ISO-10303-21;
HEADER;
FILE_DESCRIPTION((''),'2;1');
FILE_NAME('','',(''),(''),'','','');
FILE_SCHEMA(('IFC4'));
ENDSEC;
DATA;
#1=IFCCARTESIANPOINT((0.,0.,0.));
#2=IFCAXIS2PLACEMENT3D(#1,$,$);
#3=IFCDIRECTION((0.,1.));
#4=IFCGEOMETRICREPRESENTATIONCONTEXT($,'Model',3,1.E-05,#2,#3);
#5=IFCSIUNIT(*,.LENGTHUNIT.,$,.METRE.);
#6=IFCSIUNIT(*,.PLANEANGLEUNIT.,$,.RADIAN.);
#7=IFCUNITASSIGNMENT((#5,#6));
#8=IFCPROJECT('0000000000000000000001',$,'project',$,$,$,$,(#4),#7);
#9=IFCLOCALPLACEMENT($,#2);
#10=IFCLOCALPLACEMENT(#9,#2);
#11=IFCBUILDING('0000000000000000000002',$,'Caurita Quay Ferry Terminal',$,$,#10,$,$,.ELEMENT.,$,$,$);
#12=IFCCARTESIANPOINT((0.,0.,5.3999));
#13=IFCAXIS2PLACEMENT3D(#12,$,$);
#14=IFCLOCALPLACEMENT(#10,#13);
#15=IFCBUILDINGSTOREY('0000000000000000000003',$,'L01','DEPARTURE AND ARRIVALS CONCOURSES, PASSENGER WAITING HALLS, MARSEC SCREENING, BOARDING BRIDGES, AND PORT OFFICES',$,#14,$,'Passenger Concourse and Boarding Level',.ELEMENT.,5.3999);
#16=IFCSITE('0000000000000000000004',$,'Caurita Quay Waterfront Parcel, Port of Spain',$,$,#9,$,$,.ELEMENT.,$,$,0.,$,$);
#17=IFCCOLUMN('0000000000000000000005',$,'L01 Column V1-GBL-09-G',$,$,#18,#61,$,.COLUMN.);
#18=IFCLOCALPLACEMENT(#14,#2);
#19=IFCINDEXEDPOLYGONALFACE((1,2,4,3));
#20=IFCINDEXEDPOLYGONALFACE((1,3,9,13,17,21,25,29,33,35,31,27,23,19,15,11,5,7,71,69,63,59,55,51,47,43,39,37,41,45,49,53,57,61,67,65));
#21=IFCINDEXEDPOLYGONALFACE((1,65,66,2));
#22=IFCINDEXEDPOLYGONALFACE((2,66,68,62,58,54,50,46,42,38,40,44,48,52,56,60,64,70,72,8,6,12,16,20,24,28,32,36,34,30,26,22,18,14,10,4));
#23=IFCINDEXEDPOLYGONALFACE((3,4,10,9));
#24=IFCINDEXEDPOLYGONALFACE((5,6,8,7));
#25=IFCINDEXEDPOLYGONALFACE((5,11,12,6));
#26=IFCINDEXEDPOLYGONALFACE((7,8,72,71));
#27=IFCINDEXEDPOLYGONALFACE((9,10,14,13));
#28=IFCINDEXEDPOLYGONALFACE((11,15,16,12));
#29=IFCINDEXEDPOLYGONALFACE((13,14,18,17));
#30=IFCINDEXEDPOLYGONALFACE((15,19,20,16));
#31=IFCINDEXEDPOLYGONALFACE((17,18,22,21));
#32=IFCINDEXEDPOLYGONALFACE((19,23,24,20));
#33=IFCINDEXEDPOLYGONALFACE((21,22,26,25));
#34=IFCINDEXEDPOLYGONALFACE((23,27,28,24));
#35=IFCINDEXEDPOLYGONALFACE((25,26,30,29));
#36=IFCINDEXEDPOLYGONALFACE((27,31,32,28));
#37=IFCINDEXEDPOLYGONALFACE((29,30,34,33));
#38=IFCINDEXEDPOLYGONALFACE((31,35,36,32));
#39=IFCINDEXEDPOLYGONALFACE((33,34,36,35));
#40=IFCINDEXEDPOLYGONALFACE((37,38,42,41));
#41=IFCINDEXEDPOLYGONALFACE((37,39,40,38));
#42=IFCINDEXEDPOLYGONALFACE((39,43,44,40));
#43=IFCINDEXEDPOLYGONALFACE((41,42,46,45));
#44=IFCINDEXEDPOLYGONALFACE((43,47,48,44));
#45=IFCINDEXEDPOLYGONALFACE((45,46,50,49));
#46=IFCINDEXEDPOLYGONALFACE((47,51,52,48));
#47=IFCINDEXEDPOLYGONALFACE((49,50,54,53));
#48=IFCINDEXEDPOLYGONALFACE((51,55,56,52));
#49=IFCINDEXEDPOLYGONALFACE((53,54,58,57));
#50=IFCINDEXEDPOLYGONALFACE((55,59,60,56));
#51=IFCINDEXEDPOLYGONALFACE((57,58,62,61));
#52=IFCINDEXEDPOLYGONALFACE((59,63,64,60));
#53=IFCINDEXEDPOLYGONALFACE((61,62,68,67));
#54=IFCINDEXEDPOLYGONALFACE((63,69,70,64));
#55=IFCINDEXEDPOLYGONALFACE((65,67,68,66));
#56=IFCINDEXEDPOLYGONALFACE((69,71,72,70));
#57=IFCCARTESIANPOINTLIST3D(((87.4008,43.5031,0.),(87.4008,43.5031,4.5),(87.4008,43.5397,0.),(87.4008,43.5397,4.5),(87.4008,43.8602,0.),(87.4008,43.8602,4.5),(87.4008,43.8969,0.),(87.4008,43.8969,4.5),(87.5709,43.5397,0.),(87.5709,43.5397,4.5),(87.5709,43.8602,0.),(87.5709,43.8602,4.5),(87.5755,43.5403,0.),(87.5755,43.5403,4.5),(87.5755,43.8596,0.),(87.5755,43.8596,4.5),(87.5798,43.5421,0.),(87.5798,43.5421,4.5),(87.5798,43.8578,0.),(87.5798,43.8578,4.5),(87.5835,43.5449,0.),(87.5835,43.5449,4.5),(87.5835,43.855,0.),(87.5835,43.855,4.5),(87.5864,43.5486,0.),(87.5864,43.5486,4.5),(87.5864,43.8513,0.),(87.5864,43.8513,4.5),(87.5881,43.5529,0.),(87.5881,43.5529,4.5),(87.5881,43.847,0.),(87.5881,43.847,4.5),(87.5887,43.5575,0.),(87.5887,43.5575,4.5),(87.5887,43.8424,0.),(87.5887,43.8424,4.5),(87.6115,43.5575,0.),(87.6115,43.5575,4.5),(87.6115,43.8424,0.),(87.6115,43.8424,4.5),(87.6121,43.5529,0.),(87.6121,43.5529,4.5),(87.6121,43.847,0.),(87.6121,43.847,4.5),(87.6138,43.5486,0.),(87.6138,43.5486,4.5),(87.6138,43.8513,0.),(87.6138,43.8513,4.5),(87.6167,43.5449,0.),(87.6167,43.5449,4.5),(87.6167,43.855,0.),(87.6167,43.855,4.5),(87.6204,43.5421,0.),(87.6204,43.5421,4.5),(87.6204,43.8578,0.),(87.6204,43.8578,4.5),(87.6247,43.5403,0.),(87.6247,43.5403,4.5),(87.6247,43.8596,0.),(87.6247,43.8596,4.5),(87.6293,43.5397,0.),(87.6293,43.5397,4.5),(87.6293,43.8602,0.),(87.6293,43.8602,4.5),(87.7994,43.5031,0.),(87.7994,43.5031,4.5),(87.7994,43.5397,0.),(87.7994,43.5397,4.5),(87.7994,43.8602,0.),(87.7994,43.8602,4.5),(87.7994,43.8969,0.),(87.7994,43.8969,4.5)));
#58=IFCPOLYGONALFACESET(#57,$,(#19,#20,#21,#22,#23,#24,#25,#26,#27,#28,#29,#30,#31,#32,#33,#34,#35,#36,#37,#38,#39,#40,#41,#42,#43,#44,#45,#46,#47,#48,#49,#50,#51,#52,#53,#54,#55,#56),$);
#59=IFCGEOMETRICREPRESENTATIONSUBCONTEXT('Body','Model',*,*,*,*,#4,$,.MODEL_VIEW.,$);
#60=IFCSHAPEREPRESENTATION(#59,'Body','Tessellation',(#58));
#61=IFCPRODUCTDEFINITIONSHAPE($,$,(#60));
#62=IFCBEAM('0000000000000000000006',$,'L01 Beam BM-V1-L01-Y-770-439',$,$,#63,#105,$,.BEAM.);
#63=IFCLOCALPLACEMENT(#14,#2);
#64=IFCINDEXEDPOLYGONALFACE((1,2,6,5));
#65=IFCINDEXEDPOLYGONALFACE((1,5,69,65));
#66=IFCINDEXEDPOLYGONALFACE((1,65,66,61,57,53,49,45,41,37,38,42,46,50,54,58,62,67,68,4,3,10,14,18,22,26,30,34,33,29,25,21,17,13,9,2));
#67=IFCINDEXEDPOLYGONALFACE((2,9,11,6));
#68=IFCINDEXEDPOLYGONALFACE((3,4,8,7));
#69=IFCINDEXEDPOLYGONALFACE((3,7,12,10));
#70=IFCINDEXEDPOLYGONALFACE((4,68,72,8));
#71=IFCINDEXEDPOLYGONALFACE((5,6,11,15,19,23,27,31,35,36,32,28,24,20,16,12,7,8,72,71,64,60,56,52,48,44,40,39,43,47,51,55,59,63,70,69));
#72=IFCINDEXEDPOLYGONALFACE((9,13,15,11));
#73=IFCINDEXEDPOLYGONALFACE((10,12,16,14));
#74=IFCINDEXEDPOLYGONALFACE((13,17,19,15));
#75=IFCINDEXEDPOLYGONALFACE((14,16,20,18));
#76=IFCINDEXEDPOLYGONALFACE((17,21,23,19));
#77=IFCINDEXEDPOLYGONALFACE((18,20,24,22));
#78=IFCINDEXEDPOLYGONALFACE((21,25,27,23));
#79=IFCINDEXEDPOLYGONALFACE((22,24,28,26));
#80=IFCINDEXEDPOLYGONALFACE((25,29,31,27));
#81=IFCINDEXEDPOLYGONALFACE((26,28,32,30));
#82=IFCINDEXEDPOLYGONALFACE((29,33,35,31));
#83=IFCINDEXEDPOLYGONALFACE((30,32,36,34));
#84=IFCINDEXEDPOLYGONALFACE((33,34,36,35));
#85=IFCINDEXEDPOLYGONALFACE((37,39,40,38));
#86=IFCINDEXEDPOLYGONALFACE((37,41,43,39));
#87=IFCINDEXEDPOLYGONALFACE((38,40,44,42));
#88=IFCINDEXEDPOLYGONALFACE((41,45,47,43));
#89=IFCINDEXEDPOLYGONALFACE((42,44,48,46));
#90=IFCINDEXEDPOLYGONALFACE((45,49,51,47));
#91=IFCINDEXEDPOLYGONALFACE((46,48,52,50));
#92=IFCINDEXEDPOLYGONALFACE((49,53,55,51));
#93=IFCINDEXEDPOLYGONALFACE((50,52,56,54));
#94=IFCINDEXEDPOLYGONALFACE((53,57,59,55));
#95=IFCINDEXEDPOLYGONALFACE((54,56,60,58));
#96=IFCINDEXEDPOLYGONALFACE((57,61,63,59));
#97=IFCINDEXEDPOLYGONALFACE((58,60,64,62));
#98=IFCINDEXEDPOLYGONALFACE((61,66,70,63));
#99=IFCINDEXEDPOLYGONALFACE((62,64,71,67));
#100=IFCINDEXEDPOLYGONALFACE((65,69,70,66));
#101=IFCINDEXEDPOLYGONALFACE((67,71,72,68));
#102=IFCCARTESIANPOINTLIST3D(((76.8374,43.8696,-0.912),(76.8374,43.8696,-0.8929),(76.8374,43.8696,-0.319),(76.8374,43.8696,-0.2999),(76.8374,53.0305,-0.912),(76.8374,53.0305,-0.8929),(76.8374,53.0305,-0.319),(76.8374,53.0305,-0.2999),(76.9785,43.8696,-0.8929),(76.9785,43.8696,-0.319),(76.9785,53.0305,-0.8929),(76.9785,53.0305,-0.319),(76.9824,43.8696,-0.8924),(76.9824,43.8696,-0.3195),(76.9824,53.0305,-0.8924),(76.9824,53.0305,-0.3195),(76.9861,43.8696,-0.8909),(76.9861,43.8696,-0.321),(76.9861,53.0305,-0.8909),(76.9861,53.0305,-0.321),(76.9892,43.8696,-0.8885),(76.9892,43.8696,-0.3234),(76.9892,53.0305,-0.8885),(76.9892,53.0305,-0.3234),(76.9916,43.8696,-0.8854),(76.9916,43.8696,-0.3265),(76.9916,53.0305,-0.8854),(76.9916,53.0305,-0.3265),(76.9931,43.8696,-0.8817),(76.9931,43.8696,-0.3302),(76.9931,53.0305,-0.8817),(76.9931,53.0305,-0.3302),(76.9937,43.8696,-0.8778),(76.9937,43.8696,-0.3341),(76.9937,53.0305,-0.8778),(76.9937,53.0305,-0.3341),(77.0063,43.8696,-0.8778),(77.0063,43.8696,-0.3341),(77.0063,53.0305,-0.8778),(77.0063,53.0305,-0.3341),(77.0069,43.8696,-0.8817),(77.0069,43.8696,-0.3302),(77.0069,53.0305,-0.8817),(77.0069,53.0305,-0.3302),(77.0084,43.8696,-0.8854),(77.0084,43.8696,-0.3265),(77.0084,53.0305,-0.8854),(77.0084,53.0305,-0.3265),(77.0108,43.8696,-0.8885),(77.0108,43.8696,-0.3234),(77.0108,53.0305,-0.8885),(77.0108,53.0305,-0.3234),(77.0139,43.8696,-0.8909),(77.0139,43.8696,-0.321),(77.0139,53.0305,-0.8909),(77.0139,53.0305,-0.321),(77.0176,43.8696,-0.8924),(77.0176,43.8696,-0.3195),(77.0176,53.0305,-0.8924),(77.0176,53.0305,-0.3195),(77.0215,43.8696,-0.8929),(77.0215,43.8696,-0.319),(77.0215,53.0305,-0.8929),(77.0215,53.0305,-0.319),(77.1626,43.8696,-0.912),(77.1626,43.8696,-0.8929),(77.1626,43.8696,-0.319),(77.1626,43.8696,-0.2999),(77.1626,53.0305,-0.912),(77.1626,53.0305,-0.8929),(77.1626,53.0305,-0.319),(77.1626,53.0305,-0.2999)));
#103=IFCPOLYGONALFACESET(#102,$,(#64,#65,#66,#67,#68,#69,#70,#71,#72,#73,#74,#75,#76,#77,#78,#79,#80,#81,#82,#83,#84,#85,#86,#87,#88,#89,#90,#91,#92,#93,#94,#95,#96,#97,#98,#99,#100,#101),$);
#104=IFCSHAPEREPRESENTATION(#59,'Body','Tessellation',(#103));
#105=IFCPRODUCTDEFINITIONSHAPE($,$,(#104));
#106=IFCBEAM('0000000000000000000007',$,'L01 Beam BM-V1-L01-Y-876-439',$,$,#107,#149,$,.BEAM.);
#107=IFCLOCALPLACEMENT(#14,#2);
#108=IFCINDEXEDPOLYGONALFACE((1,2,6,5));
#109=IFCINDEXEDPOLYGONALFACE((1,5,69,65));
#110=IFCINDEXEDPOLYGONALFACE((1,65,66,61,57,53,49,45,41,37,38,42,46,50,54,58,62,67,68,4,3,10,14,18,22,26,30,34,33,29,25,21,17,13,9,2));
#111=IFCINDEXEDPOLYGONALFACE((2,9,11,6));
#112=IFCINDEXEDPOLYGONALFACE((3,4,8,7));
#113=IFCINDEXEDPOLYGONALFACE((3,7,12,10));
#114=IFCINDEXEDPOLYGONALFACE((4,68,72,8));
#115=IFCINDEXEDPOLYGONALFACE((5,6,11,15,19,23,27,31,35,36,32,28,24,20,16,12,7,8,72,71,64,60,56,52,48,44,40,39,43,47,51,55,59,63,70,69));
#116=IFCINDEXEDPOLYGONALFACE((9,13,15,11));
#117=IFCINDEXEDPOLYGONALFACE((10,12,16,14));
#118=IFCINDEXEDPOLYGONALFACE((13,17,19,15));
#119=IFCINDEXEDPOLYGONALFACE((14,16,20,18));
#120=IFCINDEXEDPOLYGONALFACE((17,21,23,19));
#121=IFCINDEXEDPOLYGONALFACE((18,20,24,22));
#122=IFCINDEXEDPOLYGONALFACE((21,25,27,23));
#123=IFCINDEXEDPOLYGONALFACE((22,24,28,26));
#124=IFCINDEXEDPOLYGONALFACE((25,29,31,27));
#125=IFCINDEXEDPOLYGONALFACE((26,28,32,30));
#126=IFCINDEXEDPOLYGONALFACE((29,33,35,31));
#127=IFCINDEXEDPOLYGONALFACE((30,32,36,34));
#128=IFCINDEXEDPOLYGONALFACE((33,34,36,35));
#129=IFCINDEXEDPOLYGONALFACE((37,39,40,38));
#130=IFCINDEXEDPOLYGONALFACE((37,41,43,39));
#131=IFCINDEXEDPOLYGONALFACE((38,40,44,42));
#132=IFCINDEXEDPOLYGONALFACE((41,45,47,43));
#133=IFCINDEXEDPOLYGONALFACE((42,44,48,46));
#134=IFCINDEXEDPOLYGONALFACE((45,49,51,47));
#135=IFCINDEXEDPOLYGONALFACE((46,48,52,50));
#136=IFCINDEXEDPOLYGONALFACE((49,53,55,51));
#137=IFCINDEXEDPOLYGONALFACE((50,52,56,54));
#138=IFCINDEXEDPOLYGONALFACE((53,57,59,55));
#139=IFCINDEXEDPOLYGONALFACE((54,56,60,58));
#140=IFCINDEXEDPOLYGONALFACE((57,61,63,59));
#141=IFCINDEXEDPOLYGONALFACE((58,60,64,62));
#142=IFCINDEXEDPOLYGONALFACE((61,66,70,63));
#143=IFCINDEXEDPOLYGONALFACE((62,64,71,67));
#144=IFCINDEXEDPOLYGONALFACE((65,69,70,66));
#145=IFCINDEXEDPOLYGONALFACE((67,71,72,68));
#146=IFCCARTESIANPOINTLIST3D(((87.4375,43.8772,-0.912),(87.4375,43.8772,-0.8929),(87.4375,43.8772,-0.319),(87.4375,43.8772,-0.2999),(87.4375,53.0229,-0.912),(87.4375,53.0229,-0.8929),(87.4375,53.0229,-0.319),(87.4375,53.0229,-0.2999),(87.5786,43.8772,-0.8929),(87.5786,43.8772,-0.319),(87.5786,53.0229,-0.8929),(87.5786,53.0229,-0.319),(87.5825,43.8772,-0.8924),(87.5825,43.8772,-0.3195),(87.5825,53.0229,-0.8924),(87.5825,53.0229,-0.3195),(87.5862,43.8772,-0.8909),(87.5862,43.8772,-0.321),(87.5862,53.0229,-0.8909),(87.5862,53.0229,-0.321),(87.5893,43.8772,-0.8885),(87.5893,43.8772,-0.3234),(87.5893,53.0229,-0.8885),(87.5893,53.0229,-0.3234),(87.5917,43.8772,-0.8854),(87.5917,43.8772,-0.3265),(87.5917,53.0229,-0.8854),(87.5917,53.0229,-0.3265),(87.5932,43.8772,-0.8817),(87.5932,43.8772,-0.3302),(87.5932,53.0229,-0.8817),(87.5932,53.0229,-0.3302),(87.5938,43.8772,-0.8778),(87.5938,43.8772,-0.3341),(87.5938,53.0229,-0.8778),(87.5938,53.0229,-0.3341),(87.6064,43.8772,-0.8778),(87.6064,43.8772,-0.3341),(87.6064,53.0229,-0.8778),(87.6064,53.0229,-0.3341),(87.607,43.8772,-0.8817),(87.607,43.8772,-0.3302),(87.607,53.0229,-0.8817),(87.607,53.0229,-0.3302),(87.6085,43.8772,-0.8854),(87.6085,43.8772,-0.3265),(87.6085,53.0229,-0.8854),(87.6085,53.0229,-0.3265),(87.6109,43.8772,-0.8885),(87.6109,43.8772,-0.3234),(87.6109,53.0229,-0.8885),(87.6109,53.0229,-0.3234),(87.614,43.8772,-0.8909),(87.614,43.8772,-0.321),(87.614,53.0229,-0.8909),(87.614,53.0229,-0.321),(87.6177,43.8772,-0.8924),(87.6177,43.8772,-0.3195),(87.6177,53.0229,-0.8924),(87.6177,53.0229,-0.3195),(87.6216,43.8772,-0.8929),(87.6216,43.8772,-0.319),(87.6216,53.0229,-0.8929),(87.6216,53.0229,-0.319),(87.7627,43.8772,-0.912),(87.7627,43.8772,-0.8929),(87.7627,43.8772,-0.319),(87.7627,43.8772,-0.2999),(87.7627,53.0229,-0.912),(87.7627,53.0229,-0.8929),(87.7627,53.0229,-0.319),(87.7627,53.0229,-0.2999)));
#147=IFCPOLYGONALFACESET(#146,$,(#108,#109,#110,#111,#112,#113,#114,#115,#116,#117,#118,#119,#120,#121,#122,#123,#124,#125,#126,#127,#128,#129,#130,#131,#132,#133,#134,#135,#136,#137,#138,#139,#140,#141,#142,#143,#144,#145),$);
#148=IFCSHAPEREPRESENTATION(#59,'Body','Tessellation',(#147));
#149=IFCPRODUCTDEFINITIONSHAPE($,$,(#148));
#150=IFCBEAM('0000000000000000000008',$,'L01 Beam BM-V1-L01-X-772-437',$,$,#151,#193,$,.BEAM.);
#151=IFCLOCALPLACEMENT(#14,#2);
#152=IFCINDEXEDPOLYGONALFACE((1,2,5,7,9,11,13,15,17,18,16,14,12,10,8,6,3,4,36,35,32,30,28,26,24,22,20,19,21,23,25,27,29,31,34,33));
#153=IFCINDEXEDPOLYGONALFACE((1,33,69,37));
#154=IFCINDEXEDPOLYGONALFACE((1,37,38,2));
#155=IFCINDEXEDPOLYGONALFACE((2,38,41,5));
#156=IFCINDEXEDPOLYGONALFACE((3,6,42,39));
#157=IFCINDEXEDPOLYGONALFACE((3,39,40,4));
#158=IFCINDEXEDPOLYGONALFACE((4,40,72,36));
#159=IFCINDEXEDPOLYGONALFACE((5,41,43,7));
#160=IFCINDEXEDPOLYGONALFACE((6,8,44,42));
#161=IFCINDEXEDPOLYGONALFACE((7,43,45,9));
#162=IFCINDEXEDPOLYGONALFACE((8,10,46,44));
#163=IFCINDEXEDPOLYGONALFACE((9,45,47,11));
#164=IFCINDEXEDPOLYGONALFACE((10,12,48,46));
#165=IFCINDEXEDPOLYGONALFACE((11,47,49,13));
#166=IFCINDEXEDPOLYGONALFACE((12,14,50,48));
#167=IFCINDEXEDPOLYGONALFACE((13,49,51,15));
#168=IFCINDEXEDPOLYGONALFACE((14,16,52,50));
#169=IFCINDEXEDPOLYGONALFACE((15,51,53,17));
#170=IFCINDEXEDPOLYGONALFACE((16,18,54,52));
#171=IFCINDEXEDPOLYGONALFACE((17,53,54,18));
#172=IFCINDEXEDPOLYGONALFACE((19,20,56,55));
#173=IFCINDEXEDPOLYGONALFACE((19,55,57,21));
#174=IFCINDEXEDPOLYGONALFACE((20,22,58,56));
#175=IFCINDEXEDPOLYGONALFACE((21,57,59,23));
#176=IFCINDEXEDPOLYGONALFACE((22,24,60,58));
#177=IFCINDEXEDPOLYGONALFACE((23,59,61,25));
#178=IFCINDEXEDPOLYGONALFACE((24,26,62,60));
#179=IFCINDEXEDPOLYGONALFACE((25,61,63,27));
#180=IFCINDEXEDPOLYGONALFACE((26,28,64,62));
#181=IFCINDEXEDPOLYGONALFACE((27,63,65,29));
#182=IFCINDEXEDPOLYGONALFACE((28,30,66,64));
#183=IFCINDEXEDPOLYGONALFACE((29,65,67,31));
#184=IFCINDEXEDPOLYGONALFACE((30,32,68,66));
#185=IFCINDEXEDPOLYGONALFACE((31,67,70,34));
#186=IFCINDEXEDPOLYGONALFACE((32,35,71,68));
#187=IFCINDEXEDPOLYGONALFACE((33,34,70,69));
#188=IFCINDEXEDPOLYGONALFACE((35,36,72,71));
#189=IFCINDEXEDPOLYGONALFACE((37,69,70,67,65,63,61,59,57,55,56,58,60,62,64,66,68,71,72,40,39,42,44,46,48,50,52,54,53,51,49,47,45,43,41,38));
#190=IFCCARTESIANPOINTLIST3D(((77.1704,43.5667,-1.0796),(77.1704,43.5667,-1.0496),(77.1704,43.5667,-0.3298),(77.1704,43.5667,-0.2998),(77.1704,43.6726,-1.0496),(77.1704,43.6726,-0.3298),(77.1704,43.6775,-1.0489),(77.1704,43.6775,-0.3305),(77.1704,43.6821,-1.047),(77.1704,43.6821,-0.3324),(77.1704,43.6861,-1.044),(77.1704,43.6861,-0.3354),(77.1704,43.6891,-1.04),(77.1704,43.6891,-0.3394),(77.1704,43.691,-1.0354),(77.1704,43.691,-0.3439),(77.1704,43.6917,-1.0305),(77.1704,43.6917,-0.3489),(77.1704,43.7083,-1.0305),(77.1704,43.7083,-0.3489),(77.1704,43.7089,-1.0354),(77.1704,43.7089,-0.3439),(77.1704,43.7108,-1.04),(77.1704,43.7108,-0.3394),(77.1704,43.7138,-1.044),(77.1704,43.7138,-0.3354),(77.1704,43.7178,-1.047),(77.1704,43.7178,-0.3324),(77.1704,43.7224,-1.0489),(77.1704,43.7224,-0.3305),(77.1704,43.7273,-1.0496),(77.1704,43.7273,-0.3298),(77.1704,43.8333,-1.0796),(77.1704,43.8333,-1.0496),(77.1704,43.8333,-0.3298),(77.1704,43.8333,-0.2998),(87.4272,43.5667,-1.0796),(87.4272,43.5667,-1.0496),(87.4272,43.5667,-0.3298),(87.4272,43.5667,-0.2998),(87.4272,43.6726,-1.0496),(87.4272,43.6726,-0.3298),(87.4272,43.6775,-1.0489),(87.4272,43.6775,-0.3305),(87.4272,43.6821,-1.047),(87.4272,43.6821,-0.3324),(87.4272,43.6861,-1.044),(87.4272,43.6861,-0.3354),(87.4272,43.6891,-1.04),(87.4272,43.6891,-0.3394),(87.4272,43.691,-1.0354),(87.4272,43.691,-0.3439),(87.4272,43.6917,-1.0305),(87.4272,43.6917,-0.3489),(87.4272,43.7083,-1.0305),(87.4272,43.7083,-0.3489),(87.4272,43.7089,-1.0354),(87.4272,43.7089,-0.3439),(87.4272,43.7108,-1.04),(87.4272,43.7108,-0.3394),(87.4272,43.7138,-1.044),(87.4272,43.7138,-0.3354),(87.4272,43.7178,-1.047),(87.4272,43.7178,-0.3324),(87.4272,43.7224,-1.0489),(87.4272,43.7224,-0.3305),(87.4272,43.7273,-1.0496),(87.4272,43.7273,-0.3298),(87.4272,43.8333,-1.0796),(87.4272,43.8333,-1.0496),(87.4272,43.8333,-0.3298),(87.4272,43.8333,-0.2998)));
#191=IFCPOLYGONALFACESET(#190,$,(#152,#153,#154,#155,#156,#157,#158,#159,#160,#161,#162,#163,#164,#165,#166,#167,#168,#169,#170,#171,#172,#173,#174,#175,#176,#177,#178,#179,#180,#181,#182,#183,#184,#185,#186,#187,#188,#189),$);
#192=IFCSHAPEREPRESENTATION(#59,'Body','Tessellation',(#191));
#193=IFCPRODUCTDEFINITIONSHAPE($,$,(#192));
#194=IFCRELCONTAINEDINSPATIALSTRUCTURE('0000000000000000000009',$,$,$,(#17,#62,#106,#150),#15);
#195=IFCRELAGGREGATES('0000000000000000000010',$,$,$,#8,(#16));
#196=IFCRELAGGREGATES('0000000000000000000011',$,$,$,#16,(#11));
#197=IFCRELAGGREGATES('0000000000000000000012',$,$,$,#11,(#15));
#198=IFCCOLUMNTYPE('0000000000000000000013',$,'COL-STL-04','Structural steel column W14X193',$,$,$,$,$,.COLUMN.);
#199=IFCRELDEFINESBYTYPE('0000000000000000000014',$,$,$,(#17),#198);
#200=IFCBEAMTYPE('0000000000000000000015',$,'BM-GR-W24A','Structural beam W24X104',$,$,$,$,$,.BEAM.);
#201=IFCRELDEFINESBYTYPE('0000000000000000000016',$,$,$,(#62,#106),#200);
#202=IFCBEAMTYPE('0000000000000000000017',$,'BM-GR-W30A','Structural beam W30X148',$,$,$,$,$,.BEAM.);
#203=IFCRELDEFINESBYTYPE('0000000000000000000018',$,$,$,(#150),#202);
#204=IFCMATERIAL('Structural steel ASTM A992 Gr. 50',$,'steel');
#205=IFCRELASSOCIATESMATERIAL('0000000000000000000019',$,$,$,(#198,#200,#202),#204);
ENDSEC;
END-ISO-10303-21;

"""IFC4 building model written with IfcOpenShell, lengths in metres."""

from ifc_helpers import new_model, si_unit, direction, frame, origin, origin_2d, place, context, subcontext, project, spatial, i_section, extrude, material, material_profile, profile_set, type_object, element, save


model = new_model("IFC4")

# Units and contexts
model_context = context("Model", 3, precision=1e-05, world=origin(), true_north=direction((0.0, 1.0)))
body_context = subcontext(model_context, "Body", "Model", "MODEL_VIEW")
ifc_project = project(units=[si_unit("LENGTHUNIT", "METRE"), si_unit("PLANEANGLEUNIT", "RADIAN")], contexts=[model_context])

# Site, building, storey
site_placement = place(None, origin())
site = spatial("IfcSite", under=ifc_project, at=site_placement, Name="Caurita Quay Waterfront Parcel, Port of Spain", CompositionType="ELEMENT", RefElevation=0.0)
building_placement = place(site_placement, origin())
building = spatial("IfcBuilding", under=site, at=building_placement, Name="Caurita Quay Ferry Terminal", CompositionType="ELEMENT")
storey_placement = place(building_placement, frame((0.0, 0.0, 5.3999)))
storey = spatial("IfcBuildingStorey", under=building, at=storey_placement, Name="L01", Description="DEPARTURE AND ARRIVALS CONCOURSES, PASSENGER WAITING HALLS, MARSEC SCREENING, BOARDING BRIDGES, AND PORT OFFICES", LongName="Passenger Concourse and Boarding Level", CompositionType="ELEMENT", Elevation=5.3999)

# Column
ifc_material_1 = material(Name="Structural steel ASTM A992 Gr. 50", Category="steel")
ifc_material_profile_1 = material_profile(ifc_material_1, i_section(OverallWidth=0.3987, OverallDepth=0.3938, WebThickness=0.0227, FlangeThickness=0.0366, FilletRadius=0.0178, at=origin_2d()), Name="W14X193")
ifc_profile_set_1 = profile_set([ifc_material_profile_1], Name="Structural steel ASTM A992 Gr. 50")
column_type = type_object("IfcColumnType", Name="COL-STL-04", Description="Structural steel column W14X193", PredefinedType="COLUMN", material=ifc_profile_set_1)
column_placement = place(storey_placement, frame((87.6001, 43.7, 0.0), z_axis=(0.0, 0.0, 1.0), x_axis=(1.0, 0.0, 0.0)))
element("IfcColumn", 1, at=column_placement, inside=storey, type_object=column_type, Name="L01 Column V1-GBL-09-G", PredefinedType="COLUMN", context=body_context, shape_type="SweptSolid", body=[
    extrude(i_section(OverallWidth=0.3987, OverallDepth=0.3938, WebThickness=0.0227, FlangeThickness=0.0366, FilletRadius=0.0178, at=origin_2d()), origin(), (0.0, 0.0, 1.0), 4.5),
])

# Beams
ifc_material_profile_2 = material_profile(ifc_material_1, i_section(OverallWidth=0.3252, OverallDepth=0.6121, WebThickness=0.0127, FlangeThickness=0.019, FilletRadius=0.0151, at=origin_2d()), Name="W24X104")
ifc_profile_set_2 = profile_set([ifc_material_profile_2], Name="Structural steel ASTM A992 Gr. 50")
beam_type_1 = type_object("IfcBeamType", Name="BM-GR-W24A", Description="Structural beam W24X104", PredefinedType="BEAM", material=ifc_profile_set_2)
beam_1_placement = place(storey_placement, frame((77.0, 43.8696, -0.606), z_axis=(0.0, 1.0, 0.0), x_axis=(-1.0, 0.0, 0.0)))
element("IfcBeam", 2, at=beam_1_placement, inside=storey, type_object=beam_type_1, Name="L01 Beam BM-V1-L01-Y-770-439", PredefinedType="BEAM", context=body_context, shape_type="SweptSolid", body=[
    extrude(i_section(OverallWidth=0.3252, OverallDepth=0.6121, WebThickness=0.0127, FlangeThickness=0.019, FilletRadius=0.0151, at=origin_2d()), origin(), (0.0, 0.0, 1.0), 9.1609),
])
beam_2_placement = place(storey_placement, frame((87.6001, 43.8772, -0.606), z_axis=(0.0, 1.0, 0.0), x_axis=(-1.0, 0.0, 0.0)))
element("IfcBeam", 3, at=beam_2_placement, inside=storey, type_object=beam_type_1, Name="L01 Beam BM-V1-L01-Y-876-439", PredefinedType="BEAM", context=body_context, shape_type="SweptSolid", body=[
    extrude(i_section(OverallWidth=0.3252, OverallDepth=0.6121, WebThickness=0.0127, FlangeThickness=0.019, FilletRadius=0.0151, at=origin_2d()), origin(), (0.0, 0.0, 1.0), 9.1458),
])
ifc_material_profile_3 = material_profile(ifc_material_1, i_section(OverallWidth=0.2666, OverallDepth=0.7798, WebThickness=0.0166, FlangeThickness=0.03, FilletRadius=0.019, at=origin_2d()), Name="W30X148")
ifc_profile_set_3 = profile_set([ifc_material_profile_3], Name="Structural steel ASTM A992 Gr. 50")
beam_type_2 = type_object("IfcBeamType", Name="BM-GR-W30A", Description="Structural beam W30X148", PredefinedType="BEAM", material=ifc_profile_set_3)
for number, where, z_axis, x_axis, name in (
    (4, (77.1704, 43.7, -0.6897), (1.0, 0.0, 0.0), (0.0, 1.0, 0.0), "L01 Beam BM-V1-L01-X-772-437"),
):
    element("IfcBeam", number, at=place(storey_placement, frame(where, z_axis=z_axis, x_axis=x_axis)), inside=storey, type_object=beam_type_2, Name=name, PredefinedType="BEAM", context=body_context, shape_type="SweptSolid", body=[
        extrude(i_section(OverallWidth=0.2666, OverallDepth=0.7798, WebThickness=0.0166, FlangeThickness=0.03, FilletRadius=0.019, at=origin_2d()), origin(), (0.0, 0.0, 1.0), 10.2568),
    ])

save(model, "model.ifc")
